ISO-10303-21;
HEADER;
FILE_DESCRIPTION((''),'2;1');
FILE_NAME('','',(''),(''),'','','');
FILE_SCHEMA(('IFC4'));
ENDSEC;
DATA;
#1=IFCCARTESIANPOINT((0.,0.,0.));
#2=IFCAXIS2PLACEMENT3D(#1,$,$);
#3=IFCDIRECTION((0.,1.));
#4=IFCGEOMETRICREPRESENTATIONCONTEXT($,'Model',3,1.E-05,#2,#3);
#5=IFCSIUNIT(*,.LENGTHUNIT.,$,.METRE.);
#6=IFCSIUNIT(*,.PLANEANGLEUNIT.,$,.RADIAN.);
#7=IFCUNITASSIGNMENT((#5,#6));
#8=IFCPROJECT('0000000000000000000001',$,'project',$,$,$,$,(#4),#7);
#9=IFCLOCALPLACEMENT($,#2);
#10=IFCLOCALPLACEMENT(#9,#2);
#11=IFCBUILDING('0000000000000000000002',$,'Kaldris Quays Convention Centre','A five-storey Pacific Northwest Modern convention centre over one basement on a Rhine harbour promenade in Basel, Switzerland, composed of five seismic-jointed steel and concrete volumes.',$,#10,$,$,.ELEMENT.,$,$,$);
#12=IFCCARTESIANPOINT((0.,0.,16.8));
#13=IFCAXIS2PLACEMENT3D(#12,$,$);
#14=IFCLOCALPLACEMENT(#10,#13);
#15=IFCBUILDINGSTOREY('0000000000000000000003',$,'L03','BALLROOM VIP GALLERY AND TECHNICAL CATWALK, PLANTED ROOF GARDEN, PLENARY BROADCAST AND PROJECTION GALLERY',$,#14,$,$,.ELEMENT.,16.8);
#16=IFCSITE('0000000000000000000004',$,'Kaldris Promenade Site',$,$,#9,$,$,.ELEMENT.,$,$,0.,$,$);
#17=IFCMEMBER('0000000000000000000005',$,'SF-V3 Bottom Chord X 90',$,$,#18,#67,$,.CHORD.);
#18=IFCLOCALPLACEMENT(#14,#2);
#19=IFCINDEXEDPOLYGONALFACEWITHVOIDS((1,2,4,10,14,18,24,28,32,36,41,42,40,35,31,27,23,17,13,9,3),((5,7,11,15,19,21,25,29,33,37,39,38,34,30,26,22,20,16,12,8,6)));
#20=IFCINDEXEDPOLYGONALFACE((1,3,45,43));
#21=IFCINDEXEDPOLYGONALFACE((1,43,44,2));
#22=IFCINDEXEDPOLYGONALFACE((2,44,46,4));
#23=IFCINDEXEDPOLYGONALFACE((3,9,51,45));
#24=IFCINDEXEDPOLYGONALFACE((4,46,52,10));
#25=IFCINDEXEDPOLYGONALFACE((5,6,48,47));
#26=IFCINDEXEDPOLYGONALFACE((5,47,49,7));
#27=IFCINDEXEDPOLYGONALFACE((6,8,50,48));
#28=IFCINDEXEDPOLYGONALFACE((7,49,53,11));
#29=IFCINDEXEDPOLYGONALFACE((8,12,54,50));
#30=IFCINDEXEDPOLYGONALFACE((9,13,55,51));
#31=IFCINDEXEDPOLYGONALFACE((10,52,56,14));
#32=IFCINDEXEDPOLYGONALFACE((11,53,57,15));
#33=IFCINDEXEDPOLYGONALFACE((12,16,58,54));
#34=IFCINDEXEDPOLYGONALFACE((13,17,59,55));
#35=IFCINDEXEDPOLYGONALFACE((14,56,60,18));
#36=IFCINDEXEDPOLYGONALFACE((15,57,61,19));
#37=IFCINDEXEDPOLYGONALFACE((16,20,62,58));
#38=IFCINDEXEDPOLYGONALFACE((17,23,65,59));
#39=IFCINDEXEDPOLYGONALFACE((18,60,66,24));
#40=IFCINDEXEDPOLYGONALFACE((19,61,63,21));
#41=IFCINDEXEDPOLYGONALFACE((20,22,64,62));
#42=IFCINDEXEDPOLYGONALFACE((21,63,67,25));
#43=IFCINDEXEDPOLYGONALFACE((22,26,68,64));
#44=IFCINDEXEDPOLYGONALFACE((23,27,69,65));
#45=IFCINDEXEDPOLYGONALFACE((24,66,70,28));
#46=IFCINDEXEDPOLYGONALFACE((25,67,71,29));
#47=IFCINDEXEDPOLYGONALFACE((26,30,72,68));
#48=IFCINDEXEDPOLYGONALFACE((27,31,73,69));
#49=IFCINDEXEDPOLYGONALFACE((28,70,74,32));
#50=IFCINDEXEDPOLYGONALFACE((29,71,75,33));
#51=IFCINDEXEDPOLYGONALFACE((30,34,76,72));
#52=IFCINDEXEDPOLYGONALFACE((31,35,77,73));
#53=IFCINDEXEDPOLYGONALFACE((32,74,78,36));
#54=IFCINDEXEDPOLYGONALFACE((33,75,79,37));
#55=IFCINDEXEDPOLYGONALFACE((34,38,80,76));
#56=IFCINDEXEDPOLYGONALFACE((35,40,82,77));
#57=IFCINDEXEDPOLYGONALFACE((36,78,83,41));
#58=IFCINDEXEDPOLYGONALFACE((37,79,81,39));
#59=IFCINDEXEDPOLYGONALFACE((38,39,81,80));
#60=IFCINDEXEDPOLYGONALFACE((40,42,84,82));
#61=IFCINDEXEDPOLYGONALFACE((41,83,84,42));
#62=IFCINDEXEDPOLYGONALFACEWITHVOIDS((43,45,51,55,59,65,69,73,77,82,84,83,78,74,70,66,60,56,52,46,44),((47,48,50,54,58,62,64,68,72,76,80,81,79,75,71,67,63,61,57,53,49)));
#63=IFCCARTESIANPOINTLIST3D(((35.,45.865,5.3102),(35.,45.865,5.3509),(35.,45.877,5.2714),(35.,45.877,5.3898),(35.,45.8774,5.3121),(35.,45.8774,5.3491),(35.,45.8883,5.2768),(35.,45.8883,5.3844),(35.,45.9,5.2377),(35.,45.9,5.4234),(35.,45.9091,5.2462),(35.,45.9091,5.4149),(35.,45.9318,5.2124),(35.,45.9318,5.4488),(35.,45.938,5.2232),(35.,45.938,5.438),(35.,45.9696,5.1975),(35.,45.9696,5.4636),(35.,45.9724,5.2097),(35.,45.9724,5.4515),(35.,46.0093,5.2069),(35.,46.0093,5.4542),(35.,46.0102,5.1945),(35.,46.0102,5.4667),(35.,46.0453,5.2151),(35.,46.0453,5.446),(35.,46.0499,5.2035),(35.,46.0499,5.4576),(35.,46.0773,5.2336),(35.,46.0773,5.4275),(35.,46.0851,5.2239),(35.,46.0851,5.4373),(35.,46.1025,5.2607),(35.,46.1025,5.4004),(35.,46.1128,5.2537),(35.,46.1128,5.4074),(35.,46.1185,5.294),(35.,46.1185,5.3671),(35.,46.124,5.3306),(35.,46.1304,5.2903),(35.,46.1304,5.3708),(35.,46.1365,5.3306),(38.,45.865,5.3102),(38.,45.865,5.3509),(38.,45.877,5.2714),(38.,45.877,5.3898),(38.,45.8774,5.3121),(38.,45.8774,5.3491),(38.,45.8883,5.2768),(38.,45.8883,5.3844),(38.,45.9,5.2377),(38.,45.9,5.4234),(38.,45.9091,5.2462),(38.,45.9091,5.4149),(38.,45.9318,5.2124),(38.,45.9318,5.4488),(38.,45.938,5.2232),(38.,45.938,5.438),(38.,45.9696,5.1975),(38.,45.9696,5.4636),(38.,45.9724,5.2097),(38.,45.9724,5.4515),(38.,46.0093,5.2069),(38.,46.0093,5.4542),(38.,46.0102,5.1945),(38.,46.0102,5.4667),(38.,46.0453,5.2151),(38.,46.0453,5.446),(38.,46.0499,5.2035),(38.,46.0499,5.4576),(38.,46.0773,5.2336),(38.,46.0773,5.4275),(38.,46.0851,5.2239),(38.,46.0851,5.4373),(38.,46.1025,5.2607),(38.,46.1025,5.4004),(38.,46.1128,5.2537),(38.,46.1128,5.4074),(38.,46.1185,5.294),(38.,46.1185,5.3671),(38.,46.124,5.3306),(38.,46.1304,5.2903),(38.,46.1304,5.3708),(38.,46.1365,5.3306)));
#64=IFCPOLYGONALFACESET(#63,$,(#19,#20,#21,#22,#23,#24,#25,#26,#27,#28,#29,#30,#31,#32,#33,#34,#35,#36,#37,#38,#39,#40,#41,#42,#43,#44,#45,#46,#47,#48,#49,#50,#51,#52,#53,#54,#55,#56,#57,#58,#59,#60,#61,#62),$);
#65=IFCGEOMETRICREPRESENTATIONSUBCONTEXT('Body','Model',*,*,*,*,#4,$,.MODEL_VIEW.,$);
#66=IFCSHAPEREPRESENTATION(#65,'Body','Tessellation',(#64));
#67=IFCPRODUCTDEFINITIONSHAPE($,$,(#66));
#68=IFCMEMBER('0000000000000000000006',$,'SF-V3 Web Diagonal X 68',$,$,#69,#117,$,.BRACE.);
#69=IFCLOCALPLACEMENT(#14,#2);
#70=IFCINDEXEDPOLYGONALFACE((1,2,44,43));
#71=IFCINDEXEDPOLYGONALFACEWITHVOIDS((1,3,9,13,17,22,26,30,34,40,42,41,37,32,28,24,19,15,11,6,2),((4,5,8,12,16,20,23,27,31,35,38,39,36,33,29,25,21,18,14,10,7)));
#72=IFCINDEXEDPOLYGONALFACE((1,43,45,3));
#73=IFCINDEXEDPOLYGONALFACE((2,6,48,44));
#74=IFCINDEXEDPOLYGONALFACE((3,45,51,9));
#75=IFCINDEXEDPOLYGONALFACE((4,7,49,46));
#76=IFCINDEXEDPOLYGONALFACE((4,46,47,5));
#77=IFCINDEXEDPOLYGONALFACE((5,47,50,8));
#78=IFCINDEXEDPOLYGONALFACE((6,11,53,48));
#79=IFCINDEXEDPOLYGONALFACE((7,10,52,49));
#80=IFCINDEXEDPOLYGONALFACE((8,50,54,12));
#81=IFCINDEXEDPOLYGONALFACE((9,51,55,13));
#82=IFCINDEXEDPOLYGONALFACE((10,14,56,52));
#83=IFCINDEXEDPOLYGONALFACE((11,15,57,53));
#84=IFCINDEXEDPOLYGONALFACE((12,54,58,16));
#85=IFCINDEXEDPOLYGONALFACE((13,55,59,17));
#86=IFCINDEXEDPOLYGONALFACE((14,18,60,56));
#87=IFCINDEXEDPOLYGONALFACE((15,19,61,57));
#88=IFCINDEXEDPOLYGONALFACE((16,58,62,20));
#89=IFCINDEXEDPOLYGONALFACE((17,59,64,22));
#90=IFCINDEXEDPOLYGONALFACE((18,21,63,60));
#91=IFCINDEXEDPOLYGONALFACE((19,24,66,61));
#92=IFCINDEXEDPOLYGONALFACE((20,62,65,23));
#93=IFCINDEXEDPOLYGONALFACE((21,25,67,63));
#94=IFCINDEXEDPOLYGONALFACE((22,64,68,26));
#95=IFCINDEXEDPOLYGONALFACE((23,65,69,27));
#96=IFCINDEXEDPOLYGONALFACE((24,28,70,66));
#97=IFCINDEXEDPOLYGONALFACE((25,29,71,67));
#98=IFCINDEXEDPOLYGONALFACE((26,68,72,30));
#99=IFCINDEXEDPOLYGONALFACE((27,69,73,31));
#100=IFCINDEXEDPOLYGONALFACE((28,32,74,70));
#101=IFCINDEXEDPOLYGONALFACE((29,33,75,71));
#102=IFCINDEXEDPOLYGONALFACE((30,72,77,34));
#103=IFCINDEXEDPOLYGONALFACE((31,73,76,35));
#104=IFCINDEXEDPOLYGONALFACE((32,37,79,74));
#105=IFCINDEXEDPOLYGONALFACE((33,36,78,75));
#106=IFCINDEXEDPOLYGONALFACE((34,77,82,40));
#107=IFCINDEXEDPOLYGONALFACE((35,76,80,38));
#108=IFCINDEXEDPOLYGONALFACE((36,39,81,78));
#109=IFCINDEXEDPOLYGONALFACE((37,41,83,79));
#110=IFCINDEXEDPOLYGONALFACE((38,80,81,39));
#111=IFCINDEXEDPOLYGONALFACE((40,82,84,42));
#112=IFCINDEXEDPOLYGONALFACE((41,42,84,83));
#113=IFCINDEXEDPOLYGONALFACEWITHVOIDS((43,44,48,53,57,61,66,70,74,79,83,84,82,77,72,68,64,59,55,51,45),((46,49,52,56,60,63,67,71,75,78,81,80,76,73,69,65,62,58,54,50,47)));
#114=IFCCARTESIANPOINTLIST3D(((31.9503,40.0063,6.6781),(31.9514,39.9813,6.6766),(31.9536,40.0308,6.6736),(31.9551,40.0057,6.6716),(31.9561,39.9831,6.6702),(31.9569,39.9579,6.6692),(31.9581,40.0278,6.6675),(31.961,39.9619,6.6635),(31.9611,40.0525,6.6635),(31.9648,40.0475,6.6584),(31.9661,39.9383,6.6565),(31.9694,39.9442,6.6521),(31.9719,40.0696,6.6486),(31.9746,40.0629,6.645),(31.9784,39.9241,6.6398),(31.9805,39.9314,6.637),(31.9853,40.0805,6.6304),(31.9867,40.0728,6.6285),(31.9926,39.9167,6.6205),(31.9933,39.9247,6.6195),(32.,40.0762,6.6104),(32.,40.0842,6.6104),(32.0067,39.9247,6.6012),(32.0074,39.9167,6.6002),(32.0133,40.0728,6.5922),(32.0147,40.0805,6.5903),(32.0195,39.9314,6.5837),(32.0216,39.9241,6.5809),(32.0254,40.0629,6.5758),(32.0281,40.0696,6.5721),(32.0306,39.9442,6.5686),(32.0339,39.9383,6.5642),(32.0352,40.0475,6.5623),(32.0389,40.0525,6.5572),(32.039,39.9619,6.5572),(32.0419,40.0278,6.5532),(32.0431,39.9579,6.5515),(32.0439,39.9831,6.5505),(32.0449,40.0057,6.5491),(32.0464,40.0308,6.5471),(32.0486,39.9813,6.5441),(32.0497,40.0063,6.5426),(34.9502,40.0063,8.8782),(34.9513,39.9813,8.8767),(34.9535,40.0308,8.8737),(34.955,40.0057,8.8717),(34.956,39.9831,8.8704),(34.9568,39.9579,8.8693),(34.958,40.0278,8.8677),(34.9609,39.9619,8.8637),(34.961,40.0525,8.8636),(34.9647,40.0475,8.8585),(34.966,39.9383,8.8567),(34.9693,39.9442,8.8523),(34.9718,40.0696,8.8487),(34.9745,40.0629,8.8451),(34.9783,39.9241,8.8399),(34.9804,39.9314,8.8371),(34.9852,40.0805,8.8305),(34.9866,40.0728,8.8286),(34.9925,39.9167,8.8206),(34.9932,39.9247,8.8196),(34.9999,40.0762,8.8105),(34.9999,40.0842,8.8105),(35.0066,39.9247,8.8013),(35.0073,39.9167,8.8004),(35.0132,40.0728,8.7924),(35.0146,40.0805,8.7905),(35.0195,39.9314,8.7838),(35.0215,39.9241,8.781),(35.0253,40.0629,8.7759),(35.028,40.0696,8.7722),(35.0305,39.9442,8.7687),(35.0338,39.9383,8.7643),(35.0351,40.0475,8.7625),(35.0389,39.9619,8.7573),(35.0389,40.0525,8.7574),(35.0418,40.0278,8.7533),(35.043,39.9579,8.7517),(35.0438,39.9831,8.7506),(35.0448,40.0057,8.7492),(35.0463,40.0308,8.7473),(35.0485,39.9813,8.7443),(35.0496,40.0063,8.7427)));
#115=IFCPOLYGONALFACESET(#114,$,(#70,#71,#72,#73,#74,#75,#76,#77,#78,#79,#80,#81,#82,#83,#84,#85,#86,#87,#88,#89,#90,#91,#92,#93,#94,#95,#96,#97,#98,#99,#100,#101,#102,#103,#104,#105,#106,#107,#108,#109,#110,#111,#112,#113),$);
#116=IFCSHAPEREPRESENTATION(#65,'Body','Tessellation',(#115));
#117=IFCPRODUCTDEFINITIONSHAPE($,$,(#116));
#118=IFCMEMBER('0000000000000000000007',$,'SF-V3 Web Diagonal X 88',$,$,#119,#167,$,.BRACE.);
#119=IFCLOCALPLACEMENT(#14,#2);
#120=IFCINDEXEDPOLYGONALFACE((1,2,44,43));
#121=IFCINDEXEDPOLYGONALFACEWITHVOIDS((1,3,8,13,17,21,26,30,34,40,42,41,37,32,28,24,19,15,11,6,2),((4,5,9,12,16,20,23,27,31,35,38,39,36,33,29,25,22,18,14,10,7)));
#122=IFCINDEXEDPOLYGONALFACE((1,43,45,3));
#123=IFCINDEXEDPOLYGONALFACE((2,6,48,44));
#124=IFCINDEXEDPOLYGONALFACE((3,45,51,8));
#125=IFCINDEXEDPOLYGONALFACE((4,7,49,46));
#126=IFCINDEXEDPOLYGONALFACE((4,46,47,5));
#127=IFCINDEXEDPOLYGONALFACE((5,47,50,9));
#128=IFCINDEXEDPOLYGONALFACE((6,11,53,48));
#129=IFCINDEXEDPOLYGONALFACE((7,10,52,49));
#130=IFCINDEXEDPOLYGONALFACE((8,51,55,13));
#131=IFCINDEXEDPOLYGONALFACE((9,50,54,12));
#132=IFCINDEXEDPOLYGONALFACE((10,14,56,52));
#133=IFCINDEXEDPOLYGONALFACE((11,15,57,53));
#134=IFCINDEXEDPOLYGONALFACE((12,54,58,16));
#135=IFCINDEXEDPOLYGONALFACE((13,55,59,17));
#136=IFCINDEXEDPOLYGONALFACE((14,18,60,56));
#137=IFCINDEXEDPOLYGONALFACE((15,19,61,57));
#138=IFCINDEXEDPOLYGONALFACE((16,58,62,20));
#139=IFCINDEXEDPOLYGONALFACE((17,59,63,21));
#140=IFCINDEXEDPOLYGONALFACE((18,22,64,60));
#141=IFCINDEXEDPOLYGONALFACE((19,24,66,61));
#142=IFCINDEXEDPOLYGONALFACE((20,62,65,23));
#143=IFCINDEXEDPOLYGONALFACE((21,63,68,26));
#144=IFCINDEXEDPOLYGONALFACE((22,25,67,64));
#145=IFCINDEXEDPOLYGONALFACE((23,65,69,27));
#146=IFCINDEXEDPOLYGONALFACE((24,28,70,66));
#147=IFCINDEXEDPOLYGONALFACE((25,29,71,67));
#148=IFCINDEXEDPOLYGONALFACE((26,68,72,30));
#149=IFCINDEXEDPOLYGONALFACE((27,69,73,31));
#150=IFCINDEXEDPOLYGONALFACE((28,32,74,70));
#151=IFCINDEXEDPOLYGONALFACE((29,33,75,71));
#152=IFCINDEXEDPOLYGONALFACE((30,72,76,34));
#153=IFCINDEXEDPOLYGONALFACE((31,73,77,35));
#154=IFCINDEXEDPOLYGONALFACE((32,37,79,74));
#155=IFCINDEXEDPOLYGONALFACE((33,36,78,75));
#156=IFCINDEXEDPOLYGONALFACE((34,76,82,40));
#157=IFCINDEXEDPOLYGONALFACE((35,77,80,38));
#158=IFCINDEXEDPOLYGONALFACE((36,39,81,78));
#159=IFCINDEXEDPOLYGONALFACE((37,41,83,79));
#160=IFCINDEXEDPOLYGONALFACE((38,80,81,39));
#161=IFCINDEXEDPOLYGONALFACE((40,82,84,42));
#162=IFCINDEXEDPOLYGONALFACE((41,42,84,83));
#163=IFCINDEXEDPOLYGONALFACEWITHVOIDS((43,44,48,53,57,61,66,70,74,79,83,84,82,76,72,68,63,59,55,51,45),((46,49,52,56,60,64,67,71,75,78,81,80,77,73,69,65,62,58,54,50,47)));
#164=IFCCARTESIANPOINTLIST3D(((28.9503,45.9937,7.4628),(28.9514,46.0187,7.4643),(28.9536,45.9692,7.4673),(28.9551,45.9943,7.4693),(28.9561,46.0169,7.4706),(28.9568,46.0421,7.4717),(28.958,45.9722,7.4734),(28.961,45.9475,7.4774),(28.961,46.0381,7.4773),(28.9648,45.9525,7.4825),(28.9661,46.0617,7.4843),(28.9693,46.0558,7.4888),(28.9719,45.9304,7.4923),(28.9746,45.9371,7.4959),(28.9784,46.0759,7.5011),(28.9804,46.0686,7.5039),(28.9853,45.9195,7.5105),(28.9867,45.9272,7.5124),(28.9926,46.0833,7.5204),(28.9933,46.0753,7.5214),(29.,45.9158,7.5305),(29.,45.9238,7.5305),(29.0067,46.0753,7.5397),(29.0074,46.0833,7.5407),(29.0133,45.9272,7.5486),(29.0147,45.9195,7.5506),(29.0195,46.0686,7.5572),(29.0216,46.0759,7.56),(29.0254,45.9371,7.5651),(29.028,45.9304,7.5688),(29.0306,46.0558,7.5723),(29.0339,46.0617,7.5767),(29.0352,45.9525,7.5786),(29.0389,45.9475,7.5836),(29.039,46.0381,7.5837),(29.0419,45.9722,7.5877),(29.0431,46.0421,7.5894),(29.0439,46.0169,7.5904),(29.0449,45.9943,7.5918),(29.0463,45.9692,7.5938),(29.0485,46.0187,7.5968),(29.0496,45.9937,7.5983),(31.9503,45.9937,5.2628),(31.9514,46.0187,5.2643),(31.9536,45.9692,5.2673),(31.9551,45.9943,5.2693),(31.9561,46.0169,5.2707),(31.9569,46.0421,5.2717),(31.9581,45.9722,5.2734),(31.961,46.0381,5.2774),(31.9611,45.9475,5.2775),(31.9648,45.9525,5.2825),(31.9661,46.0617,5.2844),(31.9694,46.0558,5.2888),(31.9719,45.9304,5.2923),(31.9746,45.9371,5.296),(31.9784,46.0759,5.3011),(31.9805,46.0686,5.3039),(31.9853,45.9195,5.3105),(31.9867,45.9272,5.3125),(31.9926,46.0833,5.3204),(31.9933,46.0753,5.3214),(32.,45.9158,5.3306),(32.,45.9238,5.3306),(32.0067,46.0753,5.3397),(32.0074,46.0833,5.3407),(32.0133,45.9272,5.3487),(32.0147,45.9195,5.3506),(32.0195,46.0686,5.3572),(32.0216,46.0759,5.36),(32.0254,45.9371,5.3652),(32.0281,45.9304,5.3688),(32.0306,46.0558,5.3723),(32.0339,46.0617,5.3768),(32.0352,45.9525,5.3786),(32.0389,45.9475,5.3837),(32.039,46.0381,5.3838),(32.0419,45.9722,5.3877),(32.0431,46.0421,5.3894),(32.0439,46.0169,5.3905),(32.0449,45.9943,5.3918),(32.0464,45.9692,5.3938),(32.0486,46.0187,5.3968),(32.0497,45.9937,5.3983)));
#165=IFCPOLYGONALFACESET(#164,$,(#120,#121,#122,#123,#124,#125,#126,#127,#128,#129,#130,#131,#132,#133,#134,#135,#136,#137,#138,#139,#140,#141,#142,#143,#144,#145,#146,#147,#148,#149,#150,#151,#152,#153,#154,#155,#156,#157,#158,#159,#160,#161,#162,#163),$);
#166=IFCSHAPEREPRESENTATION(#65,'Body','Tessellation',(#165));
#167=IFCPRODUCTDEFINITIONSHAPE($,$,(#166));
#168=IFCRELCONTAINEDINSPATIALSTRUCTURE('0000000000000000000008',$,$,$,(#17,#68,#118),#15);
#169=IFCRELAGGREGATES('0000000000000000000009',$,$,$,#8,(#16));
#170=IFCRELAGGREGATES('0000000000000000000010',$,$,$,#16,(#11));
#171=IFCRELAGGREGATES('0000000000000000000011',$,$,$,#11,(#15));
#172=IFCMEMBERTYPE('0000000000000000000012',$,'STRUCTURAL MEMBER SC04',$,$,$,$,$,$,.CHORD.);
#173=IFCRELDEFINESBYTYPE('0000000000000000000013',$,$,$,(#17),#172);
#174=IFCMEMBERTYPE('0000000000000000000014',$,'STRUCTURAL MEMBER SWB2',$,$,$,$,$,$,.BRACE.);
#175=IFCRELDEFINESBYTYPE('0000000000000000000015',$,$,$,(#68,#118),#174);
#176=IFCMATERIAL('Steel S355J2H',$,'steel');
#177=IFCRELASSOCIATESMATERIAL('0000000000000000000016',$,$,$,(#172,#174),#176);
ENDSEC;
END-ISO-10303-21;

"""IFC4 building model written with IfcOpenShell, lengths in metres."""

from ifc_helpers import new_model, si_unit, direction, frame, origin, origin_2d, place, context, subcontext, project, spatial, hollow_circle, extrude, material, material_profile, profile_set, type_object, element, save


model = new_model("IFC4")

# Units and contexts
model_context = context("Model", 3, precision=1e-05, world=origin(), true_north=direction((0.0, 1.0)))
body_context = subcontext(model_context, "Body", "Model", "MODEL_VIEW")
ifc_project = project(units=[si_unit("LENGTHUNIT", "METRE"), si_unit("PLANEANGLEUNIT", "RADIAN")], contexts=[model_context])

# Site, building, storey
site_placement = place(None, origin())
site = spatial("IfcSite", under=ifc_project, at=site_placement, Name="Kaldris Promenade Site", CompositionType="ELEMENT", RefElevation=0.0)
building_placement = place(site_placement, origin())
building = spatial("IfcBuilding", under=site, at=building_placement, Name="Kaldris Quays Convention Centre", Description="A five-storey Pacific Northwest Modern convention centre over one basement on a Rhine harbour promenade in Basel, Switzerland, composed of five seismic-jointed steel and concrete volumes.", CompositionType="ELEMENT")
storey_placement = place(building_placement, frame((0.0, 0.0, 16.8)))
storey = spatial("IfcBuildingStorey", under=building, at=storey_placement, Name="L03", Description="BALLROOM VIP GALLERY AND TECHNICAL CATWALK, PLANTED ROOF GARDEN, PLENARY BROADCAST AND PROJECTION GALLERY", CompositionType="ELEMENT", Elevation=16.8)

# Members
ifc_material_1 = material(Name="Steel S355J2H", Category="steel")
ifc_material_profile_1 = material_profile(ifc_material_1, hollow_circle(Radius=0.1365, WallThickness=0.0125, at=origin_2d()), Name="CHS 273x12.5")
ifc_profile_set_1 = profile_set([ifc_material_profile_1], Name="Steel S355J2H")
member_type_1 = type_object("IfcMemberType", Name="STRUCTURAL MEMBER SC04", PredefinedType="CHORD", material=ifc_profile_set_1)
for number, where, z_axis, x_axis, name in (
    (1, (35.0, 46.0, 5.3306), (1.0, 0.0, 0.0), (0.0, 1.0, 0.0), "SF-V3 Bottom Chord X 90"),
):
    element("IfcMember", number, at=place(storey_placement, frame(where, z_axis=z_axis, x_axis=x_axis)), inside=storey, type_object=member_type_1, Name=name, PredefinedType="CHORD", context=body_context, shape_type="SweptSolid", body=[
        extrude(hollow_circle(Radius=0.1365, WallThickness=0.0125, at=origin_2d()), origin(), (0.0, 0.0, 1.0), 3.0),
    ])
ifc_material_profile_2 = material_profile(ifc_material_1, hollow_circle(Radius=0.0842, WallThickness=0.0081, at=origin_2d()), Name="CHS 168.3x8")
ifc_profile_set_2 = profile_set([ifc_material_profile_2], Name="Steel S355J2H")
member_type_2 = type_object("IfcMemberType", Name="STRUCTURAL MEMBER SWB2", PredefinedType="BRACE", material=ifc_profile_set_2)
for number, where, z_axis, x_axis, name in (
    (2, (32.0, 40.0, 6.6104), (0.80638, 0.0, 0.591398), (0.0, 1.0, 0.0), "SF-V3 Web Diagonal X 68"),
    (3, (32.0, 46.0, 5.3306), (-0.806411, 0.0, 0.591355), (0.0, -1.0, 0.0), "SF-V3 Web Diagonal X 88"),
):
    element("IfcMember", number, at=place(storey_placement, frame(where, z_axis=z_axis, x_axis=x_axis)), inside=storey, type_object=member_type_2, Name=name, PredefinedType="BRACE", context=body_context, shape_type="SweptSolid", body=[
        extrude(hollow_circle(Radius=0.0842, WallThickness=0.0081, at=origin_2d()), origin(), (0.0, 0.0, 1.0), 3.7202),
    ])

save(model, "model.ifc")
